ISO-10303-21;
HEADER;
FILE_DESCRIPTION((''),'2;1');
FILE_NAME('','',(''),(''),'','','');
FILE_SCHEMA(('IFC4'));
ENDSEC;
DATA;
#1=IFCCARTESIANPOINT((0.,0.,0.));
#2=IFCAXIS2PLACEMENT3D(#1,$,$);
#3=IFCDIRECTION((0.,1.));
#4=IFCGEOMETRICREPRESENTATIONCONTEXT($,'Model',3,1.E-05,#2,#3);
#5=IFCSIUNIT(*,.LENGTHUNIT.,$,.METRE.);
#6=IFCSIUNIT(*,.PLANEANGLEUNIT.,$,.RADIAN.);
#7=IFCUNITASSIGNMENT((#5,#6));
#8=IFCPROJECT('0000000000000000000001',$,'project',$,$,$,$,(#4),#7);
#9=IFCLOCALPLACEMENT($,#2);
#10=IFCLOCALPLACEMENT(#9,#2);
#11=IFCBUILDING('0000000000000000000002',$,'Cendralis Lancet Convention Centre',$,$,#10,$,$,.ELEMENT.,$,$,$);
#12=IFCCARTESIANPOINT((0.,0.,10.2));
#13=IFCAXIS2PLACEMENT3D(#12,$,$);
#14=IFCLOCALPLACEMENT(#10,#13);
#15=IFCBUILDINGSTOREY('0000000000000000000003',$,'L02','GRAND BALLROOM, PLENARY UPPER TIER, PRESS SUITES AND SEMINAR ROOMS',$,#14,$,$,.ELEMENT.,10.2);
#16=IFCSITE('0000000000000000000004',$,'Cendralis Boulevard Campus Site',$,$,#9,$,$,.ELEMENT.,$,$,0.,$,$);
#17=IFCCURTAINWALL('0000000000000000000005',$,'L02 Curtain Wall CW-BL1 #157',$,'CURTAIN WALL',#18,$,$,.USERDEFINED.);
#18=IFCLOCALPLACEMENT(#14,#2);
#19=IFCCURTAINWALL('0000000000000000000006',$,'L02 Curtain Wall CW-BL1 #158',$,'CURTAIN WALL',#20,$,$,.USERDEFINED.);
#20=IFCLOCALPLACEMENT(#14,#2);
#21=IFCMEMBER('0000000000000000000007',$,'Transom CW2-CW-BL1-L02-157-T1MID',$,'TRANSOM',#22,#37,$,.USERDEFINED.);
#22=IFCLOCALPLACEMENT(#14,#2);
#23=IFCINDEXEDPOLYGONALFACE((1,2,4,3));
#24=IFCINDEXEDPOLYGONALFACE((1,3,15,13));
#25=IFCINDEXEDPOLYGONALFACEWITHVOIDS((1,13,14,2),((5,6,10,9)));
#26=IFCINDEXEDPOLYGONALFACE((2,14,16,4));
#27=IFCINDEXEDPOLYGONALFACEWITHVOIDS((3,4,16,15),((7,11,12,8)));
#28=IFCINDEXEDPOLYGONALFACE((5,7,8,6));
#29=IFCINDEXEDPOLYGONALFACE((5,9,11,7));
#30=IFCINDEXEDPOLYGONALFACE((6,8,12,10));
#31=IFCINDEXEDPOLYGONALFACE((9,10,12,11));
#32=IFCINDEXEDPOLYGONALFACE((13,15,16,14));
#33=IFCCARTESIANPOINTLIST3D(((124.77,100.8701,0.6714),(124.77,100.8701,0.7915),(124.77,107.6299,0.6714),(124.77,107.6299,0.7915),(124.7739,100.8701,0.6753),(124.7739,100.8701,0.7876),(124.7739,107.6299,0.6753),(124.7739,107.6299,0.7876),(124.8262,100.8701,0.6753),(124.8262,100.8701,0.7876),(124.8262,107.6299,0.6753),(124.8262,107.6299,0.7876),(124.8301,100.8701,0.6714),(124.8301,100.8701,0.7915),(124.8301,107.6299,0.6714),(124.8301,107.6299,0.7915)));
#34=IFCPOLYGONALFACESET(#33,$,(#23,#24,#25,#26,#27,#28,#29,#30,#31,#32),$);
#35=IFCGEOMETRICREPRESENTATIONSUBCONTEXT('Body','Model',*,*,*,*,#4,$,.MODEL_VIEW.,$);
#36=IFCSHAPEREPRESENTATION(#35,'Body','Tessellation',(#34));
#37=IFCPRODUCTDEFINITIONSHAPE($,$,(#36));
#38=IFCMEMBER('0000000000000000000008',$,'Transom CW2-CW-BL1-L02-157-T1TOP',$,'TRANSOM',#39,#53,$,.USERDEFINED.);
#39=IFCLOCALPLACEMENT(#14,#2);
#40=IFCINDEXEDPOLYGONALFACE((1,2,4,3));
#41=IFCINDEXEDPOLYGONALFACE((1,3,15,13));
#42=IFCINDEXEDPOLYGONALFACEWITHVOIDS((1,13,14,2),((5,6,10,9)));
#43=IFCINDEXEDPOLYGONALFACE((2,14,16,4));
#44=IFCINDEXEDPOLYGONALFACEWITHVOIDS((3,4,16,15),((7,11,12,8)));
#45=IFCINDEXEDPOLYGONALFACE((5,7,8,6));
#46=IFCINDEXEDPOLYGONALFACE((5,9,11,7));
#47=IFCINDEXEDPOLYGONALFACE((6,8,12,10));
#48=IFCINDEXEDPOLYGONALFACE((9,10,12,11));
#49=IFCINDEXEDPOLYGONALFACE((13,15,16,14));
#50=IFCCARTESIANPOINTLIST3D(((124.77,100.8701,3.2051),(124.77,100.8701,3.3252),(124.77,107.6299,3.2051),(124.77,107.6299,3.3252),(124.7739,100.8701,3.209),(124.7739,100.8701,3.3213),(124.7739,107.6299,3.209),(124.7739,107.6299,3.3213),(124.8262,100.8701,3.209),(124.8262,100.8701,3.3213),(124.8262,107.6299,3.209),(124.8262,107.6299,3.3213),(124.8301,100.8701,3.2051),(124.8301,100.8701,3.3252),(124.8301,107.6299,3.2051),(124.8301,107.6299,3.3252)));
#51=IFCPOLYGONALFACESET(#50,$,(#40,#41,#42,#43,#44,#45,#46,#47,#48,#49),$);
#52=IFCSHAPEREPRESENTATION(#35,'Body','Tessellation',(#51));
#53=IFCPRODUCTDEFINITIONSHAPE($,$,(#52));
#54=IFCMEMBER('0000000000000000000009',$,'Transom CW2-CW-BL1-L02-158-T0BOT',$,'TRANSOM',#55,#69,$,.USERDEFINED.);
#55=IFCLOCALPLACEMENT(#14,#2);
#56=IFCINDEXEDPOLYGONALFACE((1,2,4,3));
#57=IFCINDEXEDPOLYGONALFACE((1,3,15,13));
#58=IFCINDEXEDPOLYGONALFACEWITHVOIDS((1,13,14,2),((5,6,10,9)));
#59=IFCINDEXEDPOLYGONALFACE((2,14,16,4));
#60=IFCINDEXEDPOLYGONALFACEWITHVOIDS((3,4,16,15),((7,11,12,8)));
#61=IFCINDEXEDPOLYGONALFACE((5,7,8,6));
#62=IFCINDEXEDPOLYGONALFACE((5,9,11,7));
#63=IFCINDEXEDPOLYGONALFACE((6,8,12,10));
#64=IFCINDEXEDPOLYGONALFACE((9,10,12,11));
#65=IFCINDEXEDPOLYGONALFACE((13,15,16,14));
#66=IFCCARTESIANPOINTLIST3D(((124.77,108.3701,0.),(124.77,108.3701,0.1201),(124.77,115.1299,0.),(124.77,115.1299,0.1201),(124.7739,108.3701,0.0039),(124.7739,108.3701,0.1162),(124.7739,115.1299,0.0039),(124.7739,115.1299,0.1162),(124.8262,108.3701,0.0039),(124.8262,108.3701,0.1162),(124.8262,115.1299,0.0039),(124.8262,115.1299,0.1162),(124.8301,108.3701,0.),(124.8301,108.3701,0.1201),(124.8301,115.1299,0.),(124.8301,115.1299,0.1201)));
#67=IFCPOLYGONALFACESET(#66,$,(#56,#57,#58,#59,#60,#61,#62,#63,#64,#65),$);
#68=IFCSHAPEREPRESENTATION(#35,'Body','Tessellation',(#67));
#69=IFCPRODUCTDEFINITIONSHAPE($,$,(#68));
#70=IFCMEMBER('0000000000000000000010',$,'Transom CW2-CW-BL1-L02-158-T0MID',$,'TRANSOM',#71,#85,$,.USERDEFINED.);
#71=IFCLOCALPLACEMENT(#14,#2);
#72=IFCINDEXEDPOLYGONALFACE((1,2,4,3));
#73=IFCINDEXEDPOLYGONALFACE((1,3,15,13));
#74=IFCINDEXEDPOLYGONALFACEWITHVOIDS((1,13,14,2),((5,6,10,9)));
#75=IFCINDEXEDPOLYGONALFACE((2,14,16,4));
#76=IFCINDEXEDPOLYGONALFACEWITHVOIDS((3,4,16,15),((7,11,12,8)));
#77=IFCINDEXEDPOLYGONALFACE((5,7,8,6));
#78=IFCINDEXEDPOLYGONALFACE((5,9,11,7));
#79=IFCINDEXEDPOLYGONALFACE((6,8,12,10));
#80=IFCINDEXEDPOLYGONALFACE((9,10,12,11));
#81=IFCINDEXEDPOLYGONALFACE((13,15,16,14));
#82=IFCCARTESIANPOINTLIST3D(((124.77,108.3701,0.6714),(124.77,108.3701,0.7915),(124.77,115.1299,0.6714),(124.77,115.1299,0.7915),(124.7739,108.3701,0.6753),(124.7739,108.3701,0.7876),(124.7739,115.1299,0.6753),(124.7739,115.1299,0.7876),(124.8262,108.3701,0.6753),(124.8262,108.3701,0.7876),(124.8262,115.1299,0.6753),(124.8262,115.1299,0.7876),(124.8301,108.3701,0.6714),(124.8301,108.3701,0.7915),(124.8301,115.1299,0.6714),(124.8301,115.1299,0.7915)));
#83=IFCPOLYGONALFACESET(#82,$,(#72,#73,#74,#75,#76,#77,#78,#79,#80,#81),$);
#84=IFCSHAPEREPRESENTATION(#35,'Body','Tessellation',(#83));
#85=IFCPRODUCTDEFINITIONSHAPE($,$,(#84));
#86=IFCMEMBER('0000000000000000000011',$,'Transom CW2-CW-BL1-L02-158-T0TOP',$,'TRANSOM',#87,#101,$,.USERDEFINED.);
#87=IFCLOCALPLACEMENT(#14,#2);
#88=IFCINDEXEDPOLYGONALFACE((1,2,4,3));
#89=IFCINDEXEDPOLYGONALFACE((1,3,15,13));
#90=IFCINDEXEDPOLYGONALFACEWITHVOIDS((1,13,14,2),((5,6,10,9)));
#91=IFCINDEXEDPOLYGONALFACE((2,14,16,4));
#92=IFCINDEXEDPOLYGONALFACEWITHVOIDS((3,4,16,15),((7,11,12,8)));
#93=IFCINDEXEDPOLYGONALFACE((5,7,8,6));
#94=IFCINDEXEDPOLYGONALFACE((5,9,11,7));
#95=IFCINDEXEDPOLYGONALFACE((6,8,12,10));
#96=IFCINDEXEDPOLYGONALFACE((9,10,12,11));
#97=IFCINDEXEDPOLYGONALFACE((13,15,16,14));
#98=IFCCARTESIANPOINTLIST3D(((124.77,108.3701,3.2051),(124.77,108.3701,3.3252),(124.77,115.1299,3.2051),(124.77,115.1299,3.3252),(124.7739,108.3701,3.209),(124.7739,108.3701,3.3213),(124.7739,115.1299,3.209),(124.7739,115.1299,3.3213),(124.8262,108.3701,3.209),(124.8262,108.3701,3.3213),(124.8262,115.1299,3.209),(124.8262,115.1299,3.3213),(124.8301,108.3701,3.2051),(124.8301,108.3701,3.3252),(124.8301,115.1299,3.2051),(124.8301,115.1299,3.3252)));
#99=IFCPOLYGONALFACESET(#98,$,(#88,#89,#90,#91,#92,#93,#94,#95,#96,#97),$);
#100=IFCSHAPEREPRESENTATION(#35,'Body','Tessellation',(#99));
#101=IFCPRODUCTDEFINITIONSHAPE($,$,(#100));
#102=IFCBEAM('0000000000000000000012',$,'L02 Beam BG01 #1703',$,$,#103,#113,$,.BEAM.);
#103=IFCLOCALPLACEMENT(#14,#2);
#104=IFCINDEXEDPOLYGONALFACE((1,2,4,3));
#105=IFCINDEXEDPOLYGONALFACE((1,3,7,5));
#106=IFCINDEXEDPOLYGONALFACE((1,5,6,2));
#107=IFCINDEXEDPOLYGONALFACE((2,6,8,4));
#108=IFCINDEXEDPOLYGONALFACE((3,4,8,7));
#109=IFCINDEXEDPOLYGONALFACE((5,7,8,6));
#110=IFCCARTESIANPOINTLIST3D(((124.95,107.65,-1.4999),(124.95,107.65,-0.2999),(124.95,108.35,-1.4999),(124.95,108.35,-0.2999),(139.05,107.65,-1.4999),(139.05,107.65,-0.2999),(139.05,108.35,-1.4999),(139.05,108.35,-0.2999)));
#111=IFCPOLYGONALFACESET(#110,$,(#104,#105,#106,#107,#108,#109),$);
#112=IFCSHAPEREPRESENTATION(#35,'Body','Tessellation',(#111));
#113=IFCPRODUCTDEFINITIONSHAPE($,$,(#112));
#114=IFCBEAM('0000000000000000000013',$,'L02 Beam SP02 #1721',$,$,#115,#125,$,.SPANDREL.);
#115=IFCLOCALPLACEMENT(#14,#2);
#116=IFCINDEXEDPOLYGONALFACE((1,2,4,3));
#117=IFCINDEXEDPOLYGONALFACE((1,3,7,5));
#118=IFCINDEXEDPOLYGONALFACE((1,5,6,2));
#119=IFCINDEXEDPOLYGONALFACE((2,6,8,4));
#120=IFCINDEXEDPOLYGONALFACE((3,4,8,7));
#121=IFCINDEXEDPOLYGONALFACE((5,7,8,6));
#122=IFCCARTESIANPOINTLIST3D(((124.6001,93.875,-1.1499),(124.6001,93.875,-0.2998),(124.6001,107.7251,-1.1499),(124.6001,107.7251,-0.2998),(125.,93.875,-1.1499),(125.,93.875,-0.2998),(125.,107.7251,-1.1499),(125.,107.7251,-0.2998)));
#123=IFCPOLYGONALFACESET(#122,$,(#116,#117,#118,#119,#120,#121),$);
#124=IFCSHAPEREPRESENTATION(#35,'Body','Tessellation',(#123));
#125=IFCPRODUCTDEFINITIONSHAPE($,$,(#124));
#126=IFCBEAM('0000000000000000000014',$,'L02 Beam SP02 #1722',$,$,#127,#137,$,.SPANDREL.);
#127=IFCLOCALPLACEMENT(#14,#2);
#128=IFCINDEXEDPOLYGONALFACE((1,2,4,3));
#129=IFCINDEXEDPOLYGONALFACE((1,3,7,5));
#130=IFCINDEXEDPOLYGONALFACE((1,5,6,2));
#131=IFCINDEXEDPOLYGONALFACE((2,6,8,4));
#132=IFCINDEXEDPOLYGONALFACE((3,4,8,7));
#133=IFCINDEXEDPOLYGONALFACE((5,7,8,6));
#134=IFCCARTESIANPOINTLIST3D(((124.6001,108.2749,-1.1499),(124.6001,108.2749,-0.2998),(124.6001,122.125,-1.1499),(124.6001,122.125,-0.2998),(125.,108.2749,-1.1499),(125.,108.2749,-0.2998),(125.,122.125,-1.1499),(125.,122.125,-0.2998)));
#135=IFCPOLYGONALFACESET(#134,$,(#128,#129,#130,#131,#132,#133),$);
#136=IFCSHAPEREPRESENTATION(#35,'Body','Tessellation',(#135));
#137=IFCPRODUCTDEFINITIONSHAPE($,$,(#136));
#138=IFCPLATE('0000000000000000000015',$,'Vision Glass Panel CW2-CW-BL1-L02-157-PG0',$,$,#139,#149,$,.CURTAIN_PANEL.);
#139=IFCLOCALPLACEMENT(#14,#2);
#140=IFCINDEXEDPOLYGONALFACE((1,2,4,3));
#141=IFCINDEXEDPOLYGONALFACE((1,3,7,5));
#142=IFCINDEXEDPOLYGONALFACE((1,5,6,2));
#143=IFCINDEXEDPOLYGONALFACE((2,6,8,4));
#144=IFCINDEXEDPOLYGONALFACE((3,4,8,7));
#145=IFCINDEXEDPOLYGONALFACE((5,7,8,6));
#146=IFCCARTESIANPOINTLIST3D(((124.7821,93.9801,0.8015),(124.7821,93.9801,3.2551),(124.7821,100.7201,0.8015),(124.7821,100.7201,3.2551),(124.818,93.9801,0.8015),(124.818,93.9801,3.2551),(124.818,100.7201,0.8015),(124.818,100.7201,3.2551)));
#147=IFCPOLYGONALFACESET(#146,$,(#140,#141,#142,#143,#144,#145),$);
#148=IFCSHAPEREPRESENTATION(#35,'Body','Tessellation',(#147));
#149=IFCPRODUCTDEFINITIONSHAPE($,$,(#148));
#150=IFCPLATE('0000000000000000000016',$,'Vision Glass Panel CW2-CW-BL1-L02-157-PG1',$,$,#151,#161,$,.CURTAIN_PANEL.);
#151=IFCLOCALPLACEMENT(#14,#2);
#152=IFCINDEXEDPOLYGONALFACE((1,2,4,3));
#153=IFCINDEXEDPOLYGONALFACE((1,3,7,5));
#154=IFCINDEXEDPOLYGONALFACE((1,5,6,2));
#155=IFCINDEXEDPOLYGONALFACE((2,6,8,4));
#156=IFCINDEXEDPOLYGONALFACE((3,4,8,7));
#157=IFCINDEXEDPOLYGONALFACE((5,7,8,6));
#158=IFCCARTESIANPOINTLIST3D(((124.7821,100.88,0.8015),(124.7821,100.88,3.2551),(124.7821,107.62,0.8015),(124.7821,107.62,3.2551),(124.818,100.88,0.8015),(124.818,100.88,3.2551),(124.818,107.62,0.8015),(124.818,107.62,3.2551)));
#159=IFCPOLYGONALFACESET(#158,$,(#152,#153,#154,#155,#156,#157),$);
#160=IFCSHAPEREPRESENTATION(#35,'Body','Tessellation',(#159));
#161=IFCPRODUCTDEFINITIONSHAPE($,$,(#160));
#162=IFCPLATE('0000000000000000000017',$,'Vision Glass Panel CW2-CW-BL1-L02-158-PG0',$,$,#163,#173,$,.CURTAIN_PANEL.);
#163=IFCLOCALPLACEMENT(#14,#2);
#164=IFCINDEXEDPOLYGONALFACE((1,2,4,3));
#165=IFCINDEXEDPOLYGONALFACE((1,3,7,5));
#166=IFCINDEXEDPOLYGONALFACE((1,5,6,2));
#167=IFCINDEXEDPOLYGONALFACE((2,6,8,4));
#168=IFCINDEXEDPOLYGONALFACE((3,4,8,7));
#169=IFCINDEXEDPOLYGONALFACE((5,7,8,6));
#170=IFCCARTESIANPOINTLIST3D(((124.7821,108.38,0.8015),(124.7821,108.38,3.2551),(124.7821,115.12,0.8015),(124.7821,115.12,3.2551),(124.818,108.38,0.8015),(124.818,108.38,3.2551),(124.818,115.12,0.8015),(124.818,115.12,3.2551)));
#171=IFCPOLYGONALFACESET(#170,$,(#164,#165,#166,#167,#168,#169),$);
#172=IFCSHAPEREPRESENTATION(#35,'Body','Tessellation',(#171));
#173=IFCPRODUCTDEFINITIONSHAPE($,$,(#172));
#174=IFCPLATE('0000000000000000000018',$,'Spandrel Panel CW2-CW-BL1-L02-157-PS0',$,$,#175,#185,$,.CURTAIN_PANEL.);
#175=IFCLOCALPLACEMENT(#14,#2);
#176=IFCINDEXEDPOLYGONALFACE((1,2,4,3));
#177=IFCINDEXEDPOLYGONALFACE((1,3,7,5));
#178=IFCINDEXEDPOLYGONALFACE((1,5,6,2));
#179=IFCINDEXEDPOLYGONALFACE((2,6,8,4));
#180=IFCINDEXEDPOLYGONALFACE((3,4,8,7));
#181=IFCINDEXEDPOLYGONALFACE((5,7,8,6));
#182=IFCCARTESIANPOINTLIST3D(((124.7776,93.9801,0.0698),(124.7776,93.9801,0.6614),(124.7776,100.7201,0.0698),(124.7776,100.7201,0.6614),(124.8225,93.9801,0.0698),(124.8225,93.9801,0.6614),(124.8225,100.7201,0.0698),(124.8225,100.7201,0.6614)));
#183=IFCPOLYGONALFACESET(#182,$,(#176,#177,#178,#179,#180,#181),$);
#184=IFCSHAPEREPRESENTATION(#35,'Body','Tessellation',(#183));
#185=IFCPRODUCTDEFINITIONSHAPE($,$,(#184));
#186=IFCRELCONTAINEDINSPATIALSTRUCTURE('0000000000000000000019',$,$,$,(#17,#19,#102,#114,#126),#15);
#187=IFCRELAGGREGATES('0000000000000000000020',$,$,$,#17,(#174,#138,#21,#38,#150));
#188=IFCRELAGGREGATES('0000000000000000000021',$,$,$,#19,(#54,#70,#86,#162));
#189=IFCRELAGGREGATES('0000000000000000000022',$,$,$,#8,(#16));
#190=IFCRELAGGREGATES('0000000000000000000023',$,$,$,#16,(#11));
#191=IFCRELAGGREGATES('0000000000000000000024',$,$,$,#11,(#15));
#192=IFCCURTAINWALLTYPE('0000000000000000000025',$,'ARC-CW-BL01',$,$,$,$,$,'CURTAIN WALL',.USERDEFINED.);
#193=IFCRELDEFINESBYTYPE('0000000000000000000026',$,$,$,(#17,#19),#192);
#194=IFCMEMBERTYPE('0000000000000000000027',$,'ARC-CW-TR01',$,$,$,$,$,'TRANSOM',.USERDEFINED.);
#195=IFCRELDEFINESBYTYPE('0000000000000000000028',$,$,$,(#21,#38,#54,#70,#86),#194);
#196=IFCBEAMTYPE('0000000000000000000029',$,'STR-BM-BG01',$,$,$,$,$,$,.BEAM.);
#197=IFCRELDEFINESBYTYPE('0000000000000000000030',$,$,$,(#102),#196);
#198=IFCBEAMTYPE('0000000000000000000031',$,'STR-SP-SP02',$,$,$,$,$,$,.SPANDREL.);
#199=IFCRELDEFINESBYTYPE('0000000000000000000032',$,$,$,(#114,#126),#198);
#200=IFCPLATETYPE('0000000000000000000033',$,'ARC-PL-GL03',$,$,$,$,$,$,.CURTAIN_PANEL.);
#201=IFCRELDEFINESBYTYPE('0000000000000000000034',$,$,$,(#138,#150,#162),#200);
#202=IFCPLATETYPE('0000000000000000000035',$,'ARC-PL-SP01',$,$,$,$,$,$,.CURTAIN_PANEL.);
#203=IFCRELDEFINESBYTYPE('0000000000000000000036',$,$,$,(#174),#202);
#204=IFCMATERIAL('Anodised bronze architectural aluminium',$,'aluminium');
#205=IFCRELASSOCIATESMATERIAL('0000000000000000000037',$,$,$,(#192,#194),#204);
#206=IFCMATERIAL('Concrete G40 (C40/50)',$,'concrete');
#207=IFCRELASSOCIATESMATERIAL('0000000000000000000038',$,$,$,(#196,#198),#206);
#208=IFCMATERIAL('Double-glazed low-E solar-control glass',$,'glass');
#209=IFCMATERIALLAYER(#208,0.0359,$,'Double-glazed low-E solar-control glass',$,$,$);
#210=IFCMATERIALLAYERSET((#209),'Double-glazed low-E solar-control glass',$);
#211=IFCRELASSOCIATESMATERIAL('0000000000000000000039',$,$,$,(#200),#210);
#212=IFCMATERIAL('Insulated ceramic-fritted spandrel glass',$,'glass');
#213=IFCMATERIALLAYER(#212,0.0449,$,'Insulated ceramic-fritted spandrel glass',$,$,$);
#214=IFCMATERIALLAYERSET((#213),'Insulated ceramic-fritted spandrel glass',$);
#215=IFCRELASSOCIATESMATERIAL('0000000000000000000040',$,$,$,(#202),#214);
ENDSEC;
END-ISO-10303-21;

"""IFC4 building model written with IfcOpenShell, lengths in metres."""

from ifc_helpers import new_model, si_unit, direction, frame, origin, origin_2d, place, context, subcontext, project, spatial, rectangle, hollow_rectangle, extrude, material, layer, layer_set, material_profile, profile_set, type_object, element, aggregate, save


model = new_model("IFC4")

# Units and contexts
model_context = context("Model", 3, precision=1e-05, world=origin(), true_north=direction((0.0, 1.0)))
body_context = subcontext(model_context, "Body", "Model", "MODEL_VIEW")
ifc_project = project(units=[si_unit("LENGTHUNIT", "METRE"), si_unit("PLANEANGLEUNIT", "RADIAN")], contexts=[model_context])

# Site, building, storey
site_placement = place(None, origin())
site = spatial("IfcSite", under=ifc_project, at=site_placement, Name="Cendralis Boulevard Campus Site", CompositionType="ELEMENT", RefElevation=0.0)
building_placement = place(site_placement, origin())
building = spatial("IfcBuilding", under=site, at=building_placement, Name="Cendralis Lancet Convention Centre", CompositionType="ELEMENT")
storey_placement = place(building_placement, frame((0.0, 0.0, 10.2)))
storey = spatial("IfcBuildingStorey", under=building, at=storey_placement, Name="L02", Description="GRAND BALLROOM, PLENARY UPPER TIER, PRESS SUITES AND SEMINAR ROOMS", CompositionType="ELEMENT", Elevation=10.2)

# Curtain wall
ifc_material_1 = material(Name="Anodised bronze architectural aluminium", Category="aluminium")
curtain_wall_type = type_object("IfcCurtainWallType", Name="ARC-CW-BL01", ElementType="CURTAIN WALL", PredefinedType="USERDEFINED", material=ifc_material_1)
curtain_wall_1_placement = place(storey_placement, origin())
curtain_wall_1 = element("IfcCurtainWall", 1, at=curtain_wall_1_placement, inside=storey, type_object=curtain_wall_type, Name="L02 Curtain Wall CW-BL1 #157", ObjectType="CURTAIN WALL", PredefinedType="USERDEFINED")

# Curtain wall
curtain_wall_2_placement = place(storey_placement, origin())
curtain_wall_2 = element("IfcCurtainWall", 2, at=curtain_wall_2_placement, inside=storey, type_object=curtain_wall_type, Name="L02 Curtain Wall CW-BL1 #158", ObjectType="CURTAIN WALL", PredefinedType="USERDEFINED")

# Members
ifc_material_profile_1 = material_profile(ifc_material_1, hollow_rectangle(XDim=0.0601, YDim=0.1201, WallThickness=0.0039, at=origin_2d()), Name="AL-TRAN 60x120x4.0")
ifc_profile_set_1 = profile_set([ifc_material_profile_1], Name="Anodised bronze architectural aluminium")
member_type_1 = type_object("IfcMemberType", Name="ARC-CW-TR01", ElementType="TRANSOM", PredefinedType="USERDEFINED", material=ifc_profile_set_1)
member_1_placement = place(storey_placement, frame((124.8, 100.8701, 0.7314), z_axis=(0.0, 1.0, 0.0), x_axis=(-1.0, 0.0, 0.0)))
member_1 = element("IfcMember", 3, at=member_1_placement, type_object=member_type_1, Name="Transom CW2-CW-BL1-L02-157-T1MID", ObjectType="TRANSOM", PredefinedType="USERDEFINED", context=body_context, shape_type="SweptSolid", body=[
    extrude(hollow_rectangle(XDim=0.0601, YDim=0.1201, WallThickness=0.0039, at=origin_2d()), origin(), (0.0, 0.0, 1.0), 6.7598),
])
member_2_placement = place(storey_placement, frame((124.8, 100.8701, 3.2651), z_axis=(0.0, 1.0, 0.0), x_axis=(-1.0, 0.0, 0.0)))
member_2 = element("IfcMember", 4, at=member_2_placement, type_object=member_type_1, Name="Transom CW2-CW-BL1-L02-157-T1TOP", ObjectType="TRANSOM", PredefinedType="USERDEFINED", context=body_context, shape_type="SweptSolid", body=[
    extrude(hollow_rectangle(XDim=0.0601, YDim=0.1201, WallThickness=0.0039, at=origin_2d()), origin(), (0.0, 0.0, 1.0), 6.7598),
])
member_3_placement = place(storey_placement, frame((124.8, 108.3701, 0.0601), z_axis=(0.0, 1.0, 0.0), x_axis=(-1.0, 0.0, 0.0)))
member_3 = element("IfcMember", 5, at=member_3_placement, type_object=member_type_1, Name="Transom CW2-CW-BL1-L02-158-T0BOT", ObjectType="TRANSOM", PredefinedType="USERDEFINED", context=body_context, shape_type="SweptSolid", body=[
    extrude(hollow_rectangle(XDim=0.0601, YDim=0.1201, WallThickness=0.0039, at=origin_2d()), origin(), (0.0, 0.0, 1.0), 6.7598),
])
member_4_placement = place(storey_placement, frame((124.8, 108.3701, 0.7314), z_axis=(0.0, 1.0, 0.0), x_axis=(-1.0, 0.0, 0.0)))
member_4 = element("IfcMember", 6, at=member_4_placement, type_object=member_type_1, Name="Transom CW2-CW-BL1-L02-158-T0MID", ObjectType="TRANSOM", PredefinedType="USERDEFINED", context=body_context, shape_type="SweptSolid", body=[
    extrude(hollow_rectangle(XDim=0.0601, YDim=0.1201, WallThickness=0.0039, at=origin_2d()), origin(), (0.0, 0.0, 1.0), 6.7598),
])
member_5_placement = place(storey_placement, frame((124.8, 108.3701, 3.2651), z_axis=(0.0, 1.0, 0.0), x_axis=(-1.0, 0.0, 0.0)))
member_5 = element("IfcMember", 7, at=member_5_placement, type_object=member_type_1, Name="Transom CW2-CW-BL1-L02-158-T0TOP", ObjectType="TRANSOM", PredefinedType="USERDEFINED", context=body_context, shape_type="SweptSolid", body=[
    extrude(hollow_rectangle(XDim=0.0601, YDim=0.1201, WallThickness=0.0039, at=origin_2d()), origin(), (0.0, 0.0, 1.0), 6.7598),
])

# Beams
ifc_material_2 = material(Name="Concrete G40 (C40/50)", Category="concrete")
ifc_material_profile_2 = material_profile(ifc_material_2, rectangle(XDim=0.7, YDim=1.2, at=origin_2d()), Name="RCB 700x1200")
ifc_profile_set_2 = profile_set([ifc_material_profile_2], Name="Concrete G40 (C40/50)")
beam_type_1 = type_object("IfcBeamType", Name="STR-BM-BG01", PredefinedType="BEAM", material=ifc_profile_set_2)
beam_placement = place(storey_placement, frame((124.95, 108.0, -0.8999), z_axis=(1.0, 0.0, 0.0), x_axis=(0.0, 1.0, 0.0)))
element("IfcBeam", 8, at=beam_placement, inside=storey, type_object=beam_type_1, Name="L02 Beam BG01 #1703", PredefinedType="BEAM", context=body_context, shape_type="SweptSolid", body=[
    extrude(rectangle(XDim=0.7, YDim=1.2, at=origin_2d()), origin(), (0.0, 0.0, 1.0), 14.1001),
])
ifc_material_profile_3 = material_profile(ifc_material_2, rectangle(XDim=0.3999, YDim=0.8501, at=origin_2d()), Name="RCB 400x850")
ifc_profile_set_3 = profile_set([ifc_material_profile_3], Name="Concrete G40 (C40/50)")
beam_type_2 = type_object("IfcBeamType", Name="STR-SP-SP02", PredefinedType="SPANDREL", material=ifc_profile_set_3)
for number, where, z_axis, x_axis, name in (
    (9, (124.8, 93.875, -0.7249), (0.0, 1.0, 0.0), (-1.0, 0.0, 0.0), "L02 Beam SP02 #1721"),
    (10, (124.8, 108.2749, -0.7249), (0.0, 1.0, 0.0), (-1.0, 0.0, 0.0), "L02 Beam SP02 #1722"),
):
    element("IfcBeam", number, at=place(storey_placement, frame(where, z_axis=z_axis, x_axis=x_axis)), inside=storey, type_object=beam_type_2, Name=name, PredefinedType="SPANDREL", context=body_context, shape_type="SweptSolid", body=[
        extrude(rectangle(XDim=0.3999, YDim=0.8501, at=origin_2d()), origin(), (0.0, 0.0, 1.0), 13.8501),
    ])

# Plates
ifc_material_3 = material(Name="Double-glazed low-E solar-control glass", Category="glass")
ifc_layer_1 = layer(ifc_material_3, 0.0359, Name="Double-glazed low-E solar-control glass")
ifc_layer_set_1 = layer_set([ifc_layer_1], Name="Double-glazed low-E solar-control glass")
plate_type_1 = type_object("IfcPlateType", Name="ARC-PL-GL03", PredefinedType="CURTAIN_PANEL", material=ifc_layer_set_1)
plate_1_placement = place(storey_placement, frame((124.8, 97.3501, 0.8015), z_axis=(0.0, 0.0, 1.0), x_axis=(0.0, 1.0, 0.0)))
plate_1 = element("IfcPlate", 11, at=plate_1_placement, type_object=plate_type_1, Name="Vision Glass Panel CW2-CW-BL1-L02-157-PG0", PredefinedType="CURTAIN_PANEL", context=body_context, shape_type="SweptSolid", body=[
    extrude(rectangle(XDim=6.74, YDim=0.0359, at=origin_2d()), origin(), (0.0, 0.0, 1.0), 2.4536),
])
plate_2_placement = place(storey_placement, frame((124.8, 104.25, 0.8015), z_axis=(0.0, 0.0, 1.0), x_axis=(0.0, 1.0, 0.0)))
plate_2 = element("IfcPlate", 12, at=plate_2_placement, type_object=plate_type_1, Name="Vision Glass Panel CW2-CW-BL1-L02-157-PG1", PredefinedType="CURTAIN_PANEL", context=body_context, shape_type="SweptSolid", body=[
    extrude(rectangle(XDim=6.74, YDim=0.0359, at=origin_2d()), origin(), (0.0, 0.0, 1.0), 2.4536),
])
plate_3_placement = place(storey_placement, frame((124.8, 111.75, 0.8015), z_axis=(0.0, 0.0, 1.0), x_axis=(0.0, 1.0, 0.0)))
plate_3 = element("IfcPlate", 13, at=plate_3_placement, type_object=plate_type_1, Name="Vision Glass Panel CW2-CW-BL1-L02-158-PG0", PredefinedType="CURTAIN_PANEL", context=body_context, shape_type="SweptSolid", body=[
    extrude(rectangle(XDim=6.74, YDim=0.0359, at=origin_2d()), origin(), (0.0, 0.0, 1.0), 2.4536),
])
ifc_material_4 = material(Name="Insulated ceramic-fritted spandrel glass", Category="glass")
ifc_layer_2 = layer(ifc_material_4, 0.0449, Name="Insulated ceramic-fritted spandrel glass")
ifc_layer_set_2 = layer_set([ifc_layer_2], Name="Insulated ceramic-fritted spandrel glass")
plate_type_2 = type_object("IfcPlateType", Name="ARC-PL-SP01", PredefinedType="CURTAIN_PANEL", material=ifc_layer_set_2)
plate_4_placement = place(storey_placement, frame((124.8, 97.3501, 0.0698), z_axis=(0.0, 0.0, 1.0), x_axis=(0.0, 1.0, 0.0)))
plate_4 = element("IfcPlate", 14, at=plate_4_placement, type_object=plate_type_2, Name="Spandrel Panel CW2-CW-BL1-L02-157-PS0", PredefinedType="CURTAIN_PANEL", context=body_context, shape_type="SweptSolid", body=[
    extrude(rectangle(XDim=6.74, YDim=0.0449, at=origin_2d()), origin(), (0.0, 0.0, 1.0), 0.5916),
])
aggregate(curtain_wall_1, [plate_4, plate_1, member_1, member_2, plate_2])
aggregate(curtain_wall_2, [member_3, member_4, member_5, plate_3])

save(model, "model.ifc")
